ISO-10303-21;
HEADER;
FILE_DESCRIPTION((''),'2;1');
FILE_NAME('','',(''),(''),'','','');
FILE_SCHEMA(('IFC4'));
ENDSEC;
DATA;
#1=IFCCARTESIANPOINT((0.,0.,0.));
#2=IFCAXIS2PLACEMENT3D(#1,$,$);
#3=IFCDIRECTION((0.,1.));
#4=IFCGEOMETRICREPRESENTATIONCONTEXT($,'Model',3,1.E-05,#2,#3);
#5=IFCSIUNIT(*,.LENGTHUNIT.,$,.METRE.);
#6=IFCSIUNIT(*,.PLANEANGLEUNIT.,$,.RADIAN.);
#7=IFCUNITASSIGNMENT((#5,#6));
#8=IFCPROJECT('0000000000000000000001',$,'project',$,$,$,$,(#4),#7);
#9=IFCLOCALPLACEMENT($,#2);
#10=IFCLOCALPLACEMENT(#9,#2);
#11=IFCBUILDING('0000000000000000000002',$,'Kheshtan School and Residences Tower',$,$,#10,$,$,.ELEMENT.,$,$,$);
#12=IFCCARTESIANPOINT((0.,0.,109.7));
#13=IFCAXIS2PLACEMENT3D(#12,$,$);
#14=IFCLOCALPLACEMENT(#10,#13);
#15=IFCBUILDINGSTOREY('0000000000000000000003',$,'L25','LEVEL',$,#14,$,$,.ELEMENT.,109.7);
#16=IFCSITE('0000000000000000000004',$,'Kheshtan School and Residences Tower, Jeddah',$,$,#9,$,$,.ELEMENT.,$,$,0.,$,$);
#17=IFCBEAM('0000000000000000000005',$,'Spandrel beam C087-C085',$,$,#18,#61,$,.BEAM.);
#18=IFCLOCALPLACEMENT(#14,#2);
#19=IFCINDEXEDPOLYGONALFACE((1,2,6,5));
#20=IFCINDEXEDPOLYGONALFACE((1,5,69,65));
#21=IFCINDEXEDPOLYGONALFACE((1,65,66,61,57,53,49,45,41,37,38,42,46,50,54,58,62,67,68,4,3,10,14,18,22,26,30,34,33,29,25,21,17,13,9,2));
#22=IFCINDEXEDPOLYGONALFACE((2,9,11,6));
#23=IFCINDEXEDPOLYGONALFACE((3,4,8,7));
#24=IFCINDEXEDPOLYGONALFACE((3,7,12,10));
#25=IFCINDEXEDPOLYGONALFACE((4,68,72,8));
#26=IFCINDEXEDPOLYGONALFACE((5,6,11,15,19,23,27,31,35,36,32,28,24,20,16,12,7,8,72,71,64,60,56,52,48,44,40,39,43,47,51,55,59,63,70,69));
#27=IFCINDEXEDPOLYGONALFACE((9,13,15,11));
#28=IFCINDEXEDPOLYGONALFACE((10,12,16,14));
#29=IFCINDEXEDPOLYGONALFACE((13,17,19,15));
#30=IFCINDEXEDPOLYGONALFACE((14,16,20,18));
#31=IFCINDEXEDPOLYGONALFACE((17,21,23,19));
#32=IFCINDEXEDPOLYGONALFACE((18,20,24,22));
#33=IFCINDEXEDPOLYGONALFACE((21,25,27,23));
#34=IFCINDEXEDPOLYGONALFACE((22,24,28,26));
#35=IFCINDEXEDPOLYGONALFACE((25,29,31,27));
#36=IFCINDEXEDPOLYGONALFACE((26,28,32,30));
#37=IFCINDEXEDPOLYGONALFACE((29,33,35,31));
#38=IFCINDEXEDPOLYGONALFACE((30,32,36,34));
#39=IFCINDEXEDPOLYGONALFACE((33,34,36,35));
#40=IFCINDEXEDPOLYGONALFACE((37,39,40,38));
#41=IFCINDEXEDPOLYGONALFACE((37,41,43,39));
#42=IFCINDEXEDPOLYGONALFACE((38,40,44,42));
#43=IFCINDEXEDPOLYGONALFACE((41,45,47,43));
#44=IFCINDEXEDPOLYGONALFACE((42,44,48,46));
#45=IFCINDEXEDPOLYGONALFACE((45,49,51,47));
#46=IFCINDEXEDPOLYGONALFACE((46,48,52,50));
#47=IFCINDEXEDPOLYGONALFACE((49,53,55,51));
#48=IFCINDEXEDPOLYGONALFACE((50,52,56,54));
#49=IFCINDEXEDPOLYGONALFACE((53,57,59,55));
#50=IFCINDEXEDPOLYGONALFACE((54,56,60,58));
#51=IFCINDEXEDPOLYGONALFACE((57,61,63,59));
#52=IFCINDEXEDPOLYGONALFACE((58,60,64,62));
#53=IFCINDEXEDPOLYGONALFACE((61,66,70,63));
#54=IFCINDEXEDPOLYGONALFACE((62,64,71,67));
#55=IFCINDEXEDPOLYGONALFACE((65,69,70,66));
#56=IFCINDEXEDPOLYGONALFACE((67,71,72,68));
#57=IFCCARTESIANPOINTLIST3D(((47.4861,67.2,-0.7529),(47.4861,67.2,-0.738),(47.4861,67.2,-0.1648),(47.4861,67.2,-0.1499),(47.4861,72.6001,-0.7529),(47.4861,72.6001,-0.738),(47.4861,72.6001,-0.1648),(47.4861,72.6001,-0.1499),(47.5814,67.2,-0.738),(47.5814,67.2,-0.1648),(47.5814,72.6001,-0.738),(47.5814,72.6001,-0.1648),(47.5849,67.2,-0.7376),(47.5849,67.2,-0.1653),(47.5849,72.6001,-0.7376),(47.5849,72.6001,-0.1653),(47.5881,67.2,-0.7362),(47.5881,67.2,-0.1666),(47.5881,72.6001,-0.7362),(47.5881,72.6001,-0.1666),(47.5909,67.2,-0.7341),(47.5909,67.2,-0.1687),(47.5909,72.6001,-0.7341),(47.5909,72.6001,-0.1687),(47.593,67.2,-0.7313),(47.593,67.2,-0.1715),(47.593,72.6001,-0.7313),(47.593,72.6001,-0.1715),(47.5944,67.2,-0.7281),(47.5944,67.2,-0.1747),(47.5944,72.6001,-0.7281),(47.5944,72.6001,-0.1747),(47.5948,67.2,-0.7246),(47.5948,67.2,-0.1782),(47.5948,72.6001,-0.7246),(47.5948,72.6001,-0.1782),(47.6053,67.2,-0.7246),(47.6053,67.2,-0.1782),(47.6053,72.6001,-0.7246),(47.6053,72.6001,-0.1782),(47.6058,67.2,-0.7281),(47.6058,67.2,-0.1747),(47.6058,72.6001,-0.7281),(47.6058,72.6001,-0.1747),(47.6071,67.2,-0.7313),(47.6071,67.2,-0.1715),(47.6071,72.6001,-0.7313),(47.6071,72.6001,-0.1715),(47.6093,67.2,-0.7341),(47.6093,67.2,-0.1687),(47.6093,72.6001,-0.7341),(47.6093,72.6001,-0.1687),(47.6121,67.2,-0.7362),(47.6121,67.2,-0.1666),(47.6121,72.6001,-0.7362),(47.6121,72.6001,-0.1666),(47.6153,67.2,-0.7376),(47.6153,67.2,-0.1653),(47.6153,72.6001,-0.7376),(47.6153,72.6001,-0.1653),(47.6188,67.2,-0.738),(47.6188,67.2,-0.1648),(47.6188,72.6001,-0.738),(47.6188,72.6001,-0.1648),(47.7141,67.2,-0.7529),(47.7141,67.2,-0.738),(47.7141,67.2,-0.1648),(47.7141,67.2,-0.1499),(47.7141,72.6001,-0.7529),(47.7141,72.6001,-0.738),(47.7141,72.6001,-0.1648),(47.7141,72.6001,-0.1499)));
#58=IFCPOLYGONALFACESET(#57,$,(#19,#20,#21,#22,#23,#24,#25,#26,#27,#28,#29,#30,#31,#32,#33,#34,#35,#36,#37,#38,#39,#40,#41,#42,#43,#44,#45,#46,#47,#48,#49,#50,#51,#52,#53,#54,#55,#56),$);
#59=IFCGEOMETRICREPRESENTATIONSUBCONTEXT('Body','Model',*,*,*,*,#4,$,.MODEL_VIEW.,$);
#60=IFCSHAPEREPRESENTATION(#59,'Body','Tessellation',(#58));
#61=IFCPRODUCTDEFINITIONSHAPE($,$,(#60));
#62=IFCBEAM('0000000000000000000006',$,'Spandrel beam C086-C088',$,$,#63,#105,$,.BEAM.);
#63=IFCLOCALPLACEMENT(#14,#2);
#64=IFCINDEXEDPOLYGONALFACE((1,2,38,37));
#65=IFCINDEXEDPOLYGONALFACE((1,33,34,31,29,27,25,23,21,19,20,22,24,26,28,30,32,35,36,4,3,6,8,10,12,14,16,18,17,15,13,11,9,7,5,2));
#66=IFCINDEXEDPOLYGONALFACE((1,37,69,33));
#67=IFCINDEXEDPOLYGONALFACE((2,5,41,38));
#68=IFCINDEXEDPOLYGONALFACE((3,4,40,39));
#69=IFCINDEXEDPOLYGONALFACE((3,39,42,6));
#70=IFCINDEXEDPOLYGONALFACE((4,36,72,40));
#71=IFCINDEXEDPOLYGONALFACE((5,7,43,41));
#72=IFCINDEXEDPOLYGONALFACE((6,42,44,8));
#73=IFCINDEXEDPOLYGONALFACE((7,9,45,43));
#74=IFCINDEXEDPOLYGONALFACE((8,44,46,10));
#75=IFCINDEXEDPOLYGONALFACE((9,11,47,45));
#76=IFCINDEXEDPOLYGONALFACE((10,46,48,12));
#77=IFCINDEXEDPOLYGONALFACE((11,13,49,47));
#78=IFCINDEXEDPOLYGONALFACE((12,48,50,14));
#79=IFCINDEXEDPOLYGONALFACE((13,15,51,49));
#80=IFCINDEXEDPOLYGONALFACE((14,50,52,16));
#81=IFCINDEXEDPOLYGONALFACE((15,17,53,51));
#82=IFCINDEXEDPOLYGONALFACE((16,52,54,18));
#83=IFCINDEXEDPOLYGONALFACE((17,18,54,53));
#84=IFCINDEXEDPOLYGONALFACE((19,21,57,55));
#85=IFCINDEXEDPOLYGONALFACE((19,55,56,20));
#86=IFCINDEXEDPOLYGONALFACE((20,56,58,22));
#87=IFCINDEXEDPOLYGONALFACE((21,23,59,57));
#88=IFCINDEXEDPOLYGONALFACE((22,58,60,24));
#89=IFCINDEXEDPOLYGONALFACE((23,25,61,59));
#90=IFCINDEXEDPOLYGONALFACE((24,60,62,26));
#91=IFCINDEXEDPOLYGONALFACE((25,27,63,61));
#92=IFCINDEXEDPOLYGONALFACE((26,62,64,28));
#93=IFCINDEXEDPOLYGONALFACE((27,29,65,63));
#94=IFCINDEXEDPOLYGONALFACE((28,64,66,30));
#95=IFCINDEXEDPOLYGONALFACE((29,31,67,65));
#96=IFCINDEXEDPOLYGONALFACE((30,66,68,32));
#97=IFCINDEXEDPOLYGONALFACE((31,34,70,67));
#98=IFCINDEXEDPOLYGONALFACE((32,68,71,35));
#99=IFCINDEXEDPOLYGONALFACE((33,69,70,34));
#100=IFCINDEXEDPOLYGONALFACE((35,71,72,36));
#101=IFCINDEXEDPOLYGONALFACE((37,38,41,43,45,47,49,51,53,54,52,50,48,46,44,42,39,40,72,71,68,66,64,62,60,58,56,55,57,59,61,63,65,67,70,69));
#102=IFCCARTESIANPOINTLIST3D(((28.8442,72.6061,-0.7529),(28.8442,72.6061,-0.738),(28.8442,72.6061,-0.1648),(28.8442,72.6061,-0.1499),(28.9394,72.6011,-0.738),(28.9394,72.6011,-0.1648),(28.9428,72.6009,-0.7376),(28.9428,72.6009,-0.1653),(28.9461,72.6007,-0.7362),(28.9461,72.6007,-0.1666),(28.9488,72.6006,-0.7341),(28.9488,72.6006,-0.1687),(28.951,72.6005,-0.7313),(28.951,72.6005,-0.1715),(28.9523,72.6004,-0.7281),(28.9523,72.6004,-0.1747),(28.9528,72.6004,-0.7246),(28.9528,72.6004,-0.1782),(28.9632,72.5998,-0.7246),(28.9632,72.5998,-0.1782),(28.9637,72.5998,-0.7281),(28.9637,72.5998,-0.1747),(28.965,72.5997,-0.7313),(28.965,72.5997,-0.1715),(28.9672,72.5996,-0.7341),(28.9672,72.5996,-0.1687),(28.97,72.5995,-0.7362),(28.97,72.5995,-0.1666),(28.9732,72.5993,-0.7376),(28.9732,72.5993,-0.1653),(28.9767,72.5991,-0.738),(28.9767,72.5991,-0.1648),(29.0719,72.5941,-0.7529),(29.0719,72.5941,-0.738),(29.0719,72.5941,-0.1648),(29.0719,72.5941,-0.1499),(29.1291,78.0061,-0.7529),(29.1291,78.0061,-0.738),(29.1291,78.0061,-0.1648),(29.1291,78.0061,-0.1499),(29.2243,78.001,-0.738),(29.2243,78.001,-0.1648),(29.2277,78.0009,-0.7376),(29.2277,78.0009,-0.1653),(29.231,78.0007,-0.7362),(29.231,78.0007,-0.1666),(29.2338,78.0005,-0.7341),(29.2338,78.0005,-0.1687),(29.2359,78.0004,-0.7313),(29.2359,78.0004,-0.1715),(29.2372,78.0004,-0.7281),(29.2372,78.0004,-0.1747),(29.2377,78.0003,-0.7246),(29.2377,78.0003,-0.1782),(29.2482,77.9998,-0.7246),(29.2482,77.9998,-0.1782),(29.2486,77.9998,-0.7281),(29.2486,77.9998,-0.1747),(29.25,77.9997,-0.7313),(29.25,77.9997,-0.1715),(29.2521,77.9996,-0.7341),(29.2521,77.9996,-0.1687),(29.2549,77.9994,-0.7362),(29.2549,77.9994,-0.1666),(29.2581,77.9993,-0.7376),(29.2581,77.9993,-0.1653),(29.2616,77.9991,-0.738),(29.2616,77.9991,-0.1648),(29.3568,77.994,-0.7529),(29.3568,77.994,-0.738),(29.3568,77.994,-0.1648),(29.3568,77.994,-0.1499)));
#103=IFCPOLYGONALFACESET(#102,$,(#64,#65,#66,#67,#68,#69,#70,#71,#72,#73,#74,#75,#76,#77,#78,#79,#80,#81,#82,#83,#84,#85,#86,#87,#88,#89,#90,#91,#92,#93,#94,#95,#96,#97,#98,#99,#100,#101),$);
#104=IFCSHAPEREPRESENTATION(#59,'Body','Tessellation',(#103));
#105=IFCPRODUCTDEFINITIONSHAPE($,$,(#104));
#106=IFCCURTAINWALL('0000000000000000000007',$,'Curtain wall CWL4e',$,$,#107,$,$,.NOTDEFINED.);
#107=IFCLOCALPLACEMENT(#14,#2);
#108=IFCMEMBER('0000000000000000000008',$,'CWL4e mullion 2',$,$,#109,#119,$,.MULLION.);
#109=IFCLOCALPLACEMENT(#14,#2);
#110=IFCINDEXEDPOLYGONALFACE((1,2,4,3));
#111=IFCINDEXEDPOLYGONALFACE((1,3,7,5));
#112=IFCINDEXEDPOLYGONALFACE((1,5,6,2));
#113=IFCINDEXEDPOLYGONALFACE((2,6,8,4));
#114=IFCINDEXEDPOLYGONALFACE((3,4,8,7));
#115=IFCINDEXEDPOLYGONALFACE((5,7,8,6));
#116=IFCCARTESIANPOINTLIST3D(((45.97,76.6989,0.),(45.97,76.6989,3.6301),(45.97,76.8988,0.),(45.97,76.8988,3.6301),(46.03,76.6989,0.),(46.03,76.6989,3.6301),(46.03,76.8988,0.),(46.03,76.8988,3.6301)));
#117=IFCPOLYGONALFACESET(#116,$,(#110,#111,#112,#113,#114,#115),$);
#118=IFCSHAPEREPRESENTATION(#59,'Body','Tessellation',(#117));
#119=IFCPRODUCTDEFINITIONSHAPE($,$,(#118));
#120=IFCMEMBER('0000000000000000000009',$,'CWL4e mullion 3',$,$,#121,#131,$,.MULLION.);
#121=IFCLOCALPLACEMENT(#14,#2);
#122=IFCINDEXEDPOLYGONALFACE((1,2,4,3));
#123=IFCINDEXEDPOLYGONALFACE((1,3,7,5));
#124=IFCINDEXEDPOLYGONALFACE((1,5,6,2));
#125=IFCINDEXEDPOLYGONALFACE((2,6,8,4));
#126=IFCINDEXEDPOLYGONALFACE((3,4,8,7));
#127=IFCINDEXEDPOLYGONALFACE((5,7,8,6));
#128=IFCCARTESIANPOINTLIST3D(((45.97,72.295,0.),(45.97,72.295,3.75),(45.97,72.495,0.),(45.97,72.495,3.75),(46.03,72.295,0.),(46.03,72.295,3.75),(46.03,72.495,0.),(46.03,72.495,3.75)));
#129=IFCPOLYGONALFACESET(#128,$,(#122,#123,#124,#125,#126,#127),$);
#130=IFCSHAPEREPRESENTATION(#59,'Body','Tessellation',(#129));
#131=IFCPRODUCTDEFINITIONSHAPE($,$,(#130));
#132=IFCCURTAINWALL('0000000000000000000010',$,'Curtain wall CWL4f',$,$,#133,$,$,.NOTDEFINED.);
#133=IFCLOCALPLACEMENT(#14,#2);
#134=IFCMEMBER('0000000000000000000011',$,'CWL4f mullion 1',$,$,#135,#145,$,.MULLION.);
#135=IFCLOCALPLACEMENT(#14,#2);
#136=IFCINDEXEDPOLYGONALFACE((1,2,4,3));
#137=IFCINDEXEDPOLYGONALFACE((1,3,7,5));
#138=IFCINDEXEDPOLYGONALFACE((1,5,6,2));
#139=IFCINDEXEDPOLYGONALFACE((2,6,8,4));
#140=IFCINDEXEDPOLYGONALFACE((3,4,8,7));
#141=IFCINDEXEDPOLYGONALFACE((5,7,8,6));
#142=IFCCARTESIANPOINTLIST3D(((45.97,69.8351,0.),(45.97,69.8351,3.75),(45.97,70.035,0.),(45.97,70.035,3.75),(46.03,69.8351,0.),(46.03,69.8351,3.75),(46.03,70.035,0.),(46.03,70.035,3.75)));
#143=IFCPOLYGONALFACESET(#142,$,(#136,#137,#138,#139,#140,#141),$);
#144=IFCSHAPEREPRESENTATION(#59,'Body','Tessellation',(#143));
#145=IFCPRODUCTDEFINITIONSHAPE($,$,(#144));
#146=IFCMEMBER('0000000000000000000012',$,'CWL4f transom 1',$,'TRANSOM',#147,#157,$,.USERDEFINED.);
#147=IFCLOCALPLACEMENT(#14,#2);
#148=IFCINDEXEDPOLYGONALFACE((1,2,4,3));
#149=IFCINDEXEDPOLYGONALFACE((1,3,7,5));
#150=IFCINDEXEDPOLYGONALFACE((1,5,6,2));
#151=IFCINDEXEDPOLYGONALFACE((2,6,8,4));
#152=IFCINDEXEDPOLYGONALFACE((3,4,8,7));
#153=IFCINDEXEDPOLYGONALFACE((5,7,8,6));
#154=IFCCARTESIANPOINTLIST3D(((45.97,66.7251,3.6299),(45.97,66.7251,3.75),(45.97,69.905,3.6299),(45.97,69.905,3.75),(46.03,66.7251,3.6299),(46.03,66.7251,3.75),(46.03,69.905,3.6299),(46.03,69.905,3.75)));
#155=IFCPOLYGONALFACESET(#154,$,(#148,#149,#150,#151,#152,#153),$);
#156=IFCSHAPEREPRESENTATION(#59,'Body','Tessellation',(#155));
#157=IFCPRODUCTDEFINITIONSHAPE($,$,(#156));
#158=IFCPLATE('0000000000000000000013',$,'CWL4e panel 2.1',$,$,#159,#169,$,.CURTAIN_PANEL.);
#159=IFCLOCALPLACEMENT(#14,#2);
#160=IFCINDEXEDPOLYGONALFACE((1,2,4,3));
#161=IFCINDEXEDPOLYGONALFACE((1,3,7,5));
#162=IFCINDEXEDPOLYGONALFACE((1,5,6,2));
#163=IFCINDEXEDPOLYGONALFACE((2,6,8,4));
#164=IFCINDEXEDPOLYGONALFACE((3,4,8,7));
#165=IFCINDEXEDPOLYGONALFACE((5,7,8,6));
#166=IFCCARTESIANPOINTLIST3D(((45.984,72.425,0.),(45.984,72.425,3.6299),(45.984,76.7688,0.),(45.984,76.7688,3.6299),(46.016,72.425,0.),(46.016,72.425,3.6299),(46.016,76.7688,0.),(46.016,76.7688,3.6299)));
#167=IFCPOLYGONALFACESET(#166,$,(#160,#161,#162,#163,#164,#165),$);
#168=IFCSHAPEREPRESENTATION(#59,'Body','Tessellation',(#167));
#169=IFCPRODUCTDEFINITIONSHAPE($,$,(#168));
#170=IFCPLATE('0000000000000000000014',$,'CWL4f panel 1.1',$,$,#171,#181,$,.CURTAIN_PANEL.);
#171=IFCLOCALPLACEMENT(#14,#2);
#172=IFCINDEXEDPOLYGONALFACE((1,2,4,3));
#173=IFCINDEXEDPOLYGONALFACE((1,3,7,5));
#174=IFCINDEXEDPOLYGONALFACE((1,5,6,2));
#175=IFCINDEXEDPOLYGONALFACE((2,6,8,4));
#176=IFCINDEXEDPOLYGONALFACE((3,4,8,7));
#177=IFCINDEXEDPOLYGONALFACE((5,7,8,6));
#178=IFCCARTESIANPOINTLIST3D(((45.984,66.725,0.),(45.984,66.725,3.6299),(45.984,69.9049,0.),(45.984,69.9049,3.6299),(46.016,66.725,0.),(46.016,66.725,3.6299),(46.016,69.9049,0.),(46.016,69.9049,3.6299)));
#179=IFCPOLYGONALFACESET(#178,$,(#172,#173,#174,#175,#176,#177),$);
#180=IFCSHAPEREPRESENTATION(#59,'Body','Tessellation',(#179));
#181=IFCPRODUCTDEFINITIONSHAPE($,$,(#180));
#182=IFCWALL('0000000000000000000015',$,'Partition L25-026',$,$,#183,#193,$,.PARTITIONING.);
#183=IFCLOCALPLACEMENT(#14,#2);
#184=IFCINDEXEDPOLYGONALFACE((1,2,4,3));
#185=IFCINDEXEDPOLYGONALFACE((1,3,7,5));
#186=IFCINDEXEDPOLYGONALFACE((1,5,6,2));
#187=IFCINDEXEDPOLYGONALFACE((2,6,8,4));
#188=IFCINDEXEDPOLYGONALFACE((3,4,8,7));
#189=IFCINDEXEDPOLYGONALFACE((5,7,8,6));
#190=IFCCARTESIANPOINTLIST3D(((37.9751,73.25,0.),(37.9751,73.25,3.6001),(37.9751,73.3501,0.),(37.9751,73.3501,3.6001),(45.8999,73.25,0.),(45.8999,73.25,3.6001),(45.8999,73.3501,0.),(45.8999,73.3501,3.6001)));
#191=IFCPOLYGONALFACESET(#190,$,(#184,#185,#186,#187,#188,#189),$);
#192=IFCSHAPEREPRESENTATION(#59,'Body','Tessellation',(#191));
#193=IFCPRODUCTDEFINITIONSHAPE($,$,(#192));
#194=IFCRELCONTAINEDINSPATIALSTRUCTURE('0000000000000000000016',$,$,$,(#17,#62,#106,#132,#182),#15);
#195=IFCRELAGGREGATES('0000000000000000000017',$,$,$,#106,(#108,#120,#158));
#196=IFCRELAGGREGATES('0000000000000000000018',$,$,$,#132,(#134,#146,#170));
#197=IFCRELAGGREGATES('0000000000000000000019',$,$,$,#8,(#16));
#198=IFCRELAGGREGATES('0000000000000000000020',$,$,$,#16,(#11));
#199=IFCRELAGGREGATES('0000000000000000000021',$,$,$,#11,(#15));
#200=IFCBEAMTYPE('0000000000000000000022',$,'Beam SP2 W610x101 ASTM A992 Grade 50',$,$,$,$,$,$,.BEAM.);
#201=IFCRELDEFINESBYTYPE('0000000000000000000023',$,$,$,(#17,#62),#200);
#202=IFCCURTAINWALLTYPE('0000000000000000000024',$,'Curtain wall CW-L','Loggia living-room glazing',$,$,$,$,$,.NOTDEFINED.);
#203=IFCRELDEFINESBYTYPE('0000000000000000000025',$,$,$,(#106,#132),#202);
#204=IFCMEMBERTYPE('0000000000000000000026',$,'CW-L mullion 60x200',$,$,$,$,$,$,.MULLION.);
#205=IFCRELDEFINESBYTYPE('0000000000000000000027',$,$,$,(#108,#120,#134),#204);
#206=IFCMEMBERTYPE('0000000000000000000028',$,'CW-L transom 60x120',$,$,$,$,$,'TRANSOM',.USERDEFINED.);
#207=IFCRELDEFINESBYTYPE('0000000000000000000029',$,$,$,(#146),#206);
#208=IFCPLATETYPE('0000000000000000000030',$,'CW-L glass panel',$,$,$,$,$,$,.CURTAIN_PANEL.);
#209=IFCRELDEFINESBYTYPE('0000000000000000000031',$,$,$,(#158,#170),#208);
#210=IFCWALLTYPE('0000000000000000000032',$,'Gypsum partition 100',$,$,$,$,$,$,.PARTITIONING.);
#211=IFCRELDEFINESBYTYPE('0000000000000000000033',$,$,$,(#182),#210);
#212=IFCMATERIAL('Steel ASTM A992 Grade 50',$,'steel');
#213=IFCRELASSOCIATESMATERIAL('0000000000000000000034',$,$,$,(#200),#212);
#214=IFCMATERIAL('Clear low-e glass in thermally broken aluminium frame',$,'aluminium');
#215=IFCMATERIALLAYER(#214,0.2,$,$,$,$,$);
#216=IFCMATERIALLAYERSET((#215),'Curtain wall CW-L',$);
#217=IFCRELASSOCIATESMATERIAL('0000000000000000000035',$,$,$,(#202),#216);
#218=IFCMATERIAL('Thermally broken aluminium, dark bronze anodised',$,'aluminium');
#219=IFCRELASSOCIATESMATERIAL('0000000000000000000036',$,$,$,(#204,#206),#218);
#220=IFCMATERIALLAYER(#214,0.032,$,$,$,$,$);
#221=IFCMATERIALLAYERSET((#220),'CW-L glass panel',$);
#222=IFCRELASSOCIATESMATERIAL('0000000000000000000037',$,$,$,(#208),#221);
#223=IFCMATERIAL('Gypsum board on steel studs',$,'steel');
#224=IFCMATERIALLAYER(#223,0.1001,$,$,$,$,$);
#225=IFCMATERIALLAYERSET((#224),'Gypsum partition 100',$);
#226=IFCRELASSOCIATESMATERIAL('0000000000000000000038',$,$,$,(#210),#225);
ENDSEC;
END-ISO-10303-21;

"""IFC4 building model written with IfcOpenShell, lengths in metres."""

from ifc_helpers import new_model, si_unit, direction, frame, frame_2d, origin, origin_2d, place, context, subcontext, project, spatial, rectangle, i_section, extrude, material, layer, layer_set, material_profile, profile_set, type_object, element, aggregate, save


model = new_model("IFC4")

# Units and contexts
model_context = context("Model", 3, precision=1e-05, world=origin(), true_north=direction((0.0, 1.0)))
body_context = subcontext(model_context, "Body", "Model", "MODEL_VIEW")
ifc_project = project(units=[si_unit("LENGTHUNIT", "METRE"), si_unit("PLANEANGLEUNIT", "RADIAN")], contexts=[model_context])

# Site, building, storey
site_placement = place(None, origin())
site = spatial("IfcSite", under=ifc_project, at=site_placement, Name="Kheshtan School and Residences Tower, Jeddah", CompositionType="ELEMENT", RefElevation=0.0)
building_placement = place(site_placement, origin())
building = spatial("IfcBuilding", under=site, at=building_placement, Name="Kheshtan School and Residences Tower", CompositionType="ELEMENT")
storey_placement = place(building_placement, frame((0.0, 0.0, 109.7)))
storey = spatial("IfcBuildingStorey", under=building, at=storey_placement, Name="L25", Description="LEVEL", CompositionType="ELEMENT", Elevation=109.7)

# Shared definitions
ifc_material_1 = material(Name="Steel ASTM A992 Grade 50", Category="steel")

# Beams
ifc_material_profile_1 = material_profile(ifc_material_1, i_section(OverallWidth=0.228, OverallDepth=0.603, WebThickness=0.0105, FlangeThickness=0.0149, FilletRadius=0.0134, at=origin_2d()), Name="W610x101")
ifc_profile_set_1 = profile_set([ifc_material_profile_1], Name="Steel ASTM A992 Grade 50")
beam_type_1 = type_object("IfcBeamType", Name="Beam SP2 W610x101 ASTM A992 Grade 50", PredefinedType="BEAM", material=ifc_profile_set_1)
beam_1_placement = place(storey_placement, frame((47.6001, 72.6001, -0.4514), z_axis=(0.0, -1.0, 0.0), x_axis=(1.0, 0.0, 0.0)))
element("IfcBeam", 1, at=beam_1_placement, inside=storey, type_object=beam_type_1, Name="Spandrel beam C087-C085", PredefinedType="BEAM", context=body_context, shape_type="SweptSolid", body=[
    extrude(i_section(OverallWidth=0.228, OverallDepth=0.603, WebThickness=0.0105, FlangeThickness=0.0149, FilletRadius=0.0134, at=origin_2d()), origin(), (0.0, 0.0, 1.0), 5.4001),
])
beam_2_placement = place(storey_placement, frame((28.958, 72.6001, -0.4514), z_axis=(0.052689, 0.998611, 0.0), x_axis=(-0.998611, 0.052689, 0.0)))
element("IfcBeam", 2, at=beam_2_placement, inside=storey, type_object=beam_type_1, Name="Spandrel beam C086-C088", PredefinedType="BEAM", context=body_context, shape_type="SweptSolid", body=[
    extrude(i_section(OverallWidth=0.228, OverallDepth=0.603, WebThickness=0.0105, FlangeThickness=0.0149, FilletRadius=0.0134, at=origin_2d()), origin(), (0.0, 0.0, 1.0), 5.4075),
])

# Curtain walls, members
ifc_material_2 = material(Name="Clear low-e glass in thermally broken aluminium frame", Category="aluminium")
ifc_layer_1 = layer(ifc_material_2, 0.2)
ifc_layer_set_1 = layer_set([ifc_layer_1], Name="Curtain wall CW-L")
curtain_wall_type = type_object("IfcCurtainWallType", Name="Curtain wall CW-L", Description="Loggia living-room glazing", PredefinedType="NOTDEFINED", material=ifc_layer_set_1)
curtain_wall_1_placement = place(storey_placement, origin())
curtain_wall_1 = element("IfcCurtainWall", 3, at=curtain_wall_1_placement, inside=storey, type_object=curtain_wall_type, Name="Curtain wall CWL4e", PredefinedType="NOTDEFINED")
ifc_material_3 = material(Name="Thermally broken aluminium, dark bronze anodised", Category="aluminium")
ifc_material_profile_2 = material_profile(ifc_material_3, rectangle(XDim=0.0601, YDim=0.2, at=origin_2d()), Name="CW-L mullion 60x200")
ifc_profile_set_2 = profile_set([ifc_material_profile_2], Name="Thermally broken aluminium, dark bronze anodised")
member_type_1 = type_object("IfcMemberType", Name="CW-L mullion 60x200", PredefinedType="MULLION", material=ifc_profile_set_2)
member_1_placement = place(storey_placement, frame((46.0, 76.7988, 0.0), z_axis=(0.0, 0.0, 1.0), x_axis=(1.0, 0.0, 0.0)))
member_1 = element("IfcMember", 4, at=member_1_placement, type_object=member_type_1, Name="CWL4e mullion 2", PredefinedType="MULLION", context=body_context, shape_type="SweptSolid", body=[
    extrude(rectangle(XDim=0.0601, YDim=0.2, at=origin_2d()), origin(), (0.0, 0.0, 1.0), 3.6301),
])
member_2_placement = place(storey_placement, frame((46.0, 72.395, 0.0), z_axis=(0.0, 0.0, 1.0), x_axis=(1.0, 0.0, 0.0)))
member_2 = element("IfcMember", 5, at=member_2_placement, type_object=member_type_1, Name="CWL4e mullion 3", PredefinedType="MULLION", context=body_context, shape_type="SweptSolid", body=[
    extrude(rectangle(XDim=0.0601, YDim=0.2, at=origin_2d()), origin(), (0.0, 0.0, 1.0), 3.75),
])
curtain_wall_2_placement = place(storey_placement, origin())
curtain_wall_2 = element("IfcCurtainWall", 6, at=curtain_wall_2_placement, inside=storey, type_object=curtain_wall_type, Name="Curtain wall CWL4f", PredefinedType="NOTDEFINED")
member_3_placement = place(storey_placement, frame((46.0, 69.9351, 0.0), z_axis=(0.0, 0.0, 1.0), x_axis=(1.0, 0.0, 0.0)))
member_3 = element("IfcMember", 7, at=member_3_placement, type_object=member_type_1, Name="CWL4f mullion 1", PredefinedType="MULLION", context=body_context, shape_type="SweptSolid", body=[
    extrude(rectangle(XDim=0.0601, YDim=0.2, at=origin_2d()), origin(), (0.0, 0.0, 1.0), 3.75),
])
ifc_material_profile_3 = material_profile(ifc_material_3, rectangle(XDim=0.0601, YDim=0.1201, at=origin_2d()), Name="CW-L transom 60x120")
ifc_profile_set_3 = profile_set([ifc_material_profile_3], Name="Thermally broken aluminium, dark bronze anodised")
member_type_2 = type_object("IfcMemberType", Name="CW-L transom 60x120", ElementType="TRANSOM", PredefinedType="USERDEFINED", material=ifc_profile_set_3)
member_4_placement = place(storey_placement, frame((46.0, 69.905, 3.6899), z_axis=(0.0, -1.0, 0.0), x_axis=(1.0, 0.0, 0.0)))
member_4 = element("IfcMember", 8, at=member_4_placement, type_object=member_type_2, Name="CWL4f transom 1", ObjectType="TRANSOM", PredefinedType="USERDEFINED", context=body_context, shape_type="SweptSolid", body=[
    extrude(rectangle(XDim=0.0601, YDim=0.1201, at=origin_2d()), origin(), (0.0, 0.0, 1.0), 3.1799),
])

# Plates
ifc_layer_2 = layer(ifc_material_2, 0.032)
ifc_layer_set_2 = layer_set([ifc_layer_2], Name="CW-L glass panel")
plate_type = type_object("IfcPlateType", Name="CW-L glass panel", PredefinedType="CURTAIN_PANEL", material=ifc_layer_set_2)
plate_1_placement = place(storey_placement, frame((46.0, 74.5969, 0.0), z_axis=(0.0, 0.0, 1.0), x_axis=(0.0, -1.0, 0.0)))
plate_1 = element("IfcPlate", 9, at=plate_1_placement, type_object=plate_type, Name="CWL4e panel 2.1", PredefinedType="CURTAIN_PANEL", context=body_context, shape_type="SweptSolid", body=[
    extrude(rectangle(XDim=4.3438, YDim=0.032, at=origin_2d()), origin(), (0.0, 0.0, 1.0), 3.6299),
])
aggregate(curtain_wall_1, [member_1, member_2, plate_1])
plate_2_placement = place(storey_placement, frame((46.0, 68.3149, 0.0), z_axis=(0.0, 0.0, 1.0), x_axis=(0.0, -1.0, 0.0)))
plate_2 = element("IfcPlate", 10, at=plate_2_placement, type_object=plate_type, Name="CWL4f panel 1.1", PredefinedType="CURTAIN_PANEL", context=body_context, shape_type="SweptSolid", body=[
    extrude(rectangle(XDim=3.1799, YDim=0.032, at=origin_2d()), origin(), (0.0, 0.0, 1.0), 3.6299),
])
aggregate(curtain_wall_2, [member_3, member_4, plate_2])

# Wall
ifc_material_4 = material(Name="Gypsum board on steel studs", Category="steel")
ifc_layer_3 = layer(ifc_material_4, 0.1001)
ifc_layer_set_3 = layer_set([ifc_layer_3], Name="Gypsum partition 100")
wall_type_1 = type_object("IfcWallType", Name="Gypsum partition 100", PredefinedType="PARTITIONING", material=ifc_layer_set_3)
for number, where, z_axis, x_axis, name in (
    (11, (37.9751, 73.3, 0.0), (0.0, 0.0, 1.0), (1.0, 0.0, 0.0), "Partition L25-026"),
):
    element("IfcWall", number, at=place(storey_placement, frame(where, z_axis=z_axis, x_axis=x_axis)), inside=storey, type_object=wall_type_1, Name=name, PredefinedType="PARTITIONING", context=body_context, shape_type="SweptSolid", body=[
        extrude(rectangle(XDim=7.9248, YDim=0.1001, at=frame_2d((3.9624, 0.0))), origin(), (0.0, 0.0, 1.0), 3.6001),
    ])

save(model, "model.ifc")
